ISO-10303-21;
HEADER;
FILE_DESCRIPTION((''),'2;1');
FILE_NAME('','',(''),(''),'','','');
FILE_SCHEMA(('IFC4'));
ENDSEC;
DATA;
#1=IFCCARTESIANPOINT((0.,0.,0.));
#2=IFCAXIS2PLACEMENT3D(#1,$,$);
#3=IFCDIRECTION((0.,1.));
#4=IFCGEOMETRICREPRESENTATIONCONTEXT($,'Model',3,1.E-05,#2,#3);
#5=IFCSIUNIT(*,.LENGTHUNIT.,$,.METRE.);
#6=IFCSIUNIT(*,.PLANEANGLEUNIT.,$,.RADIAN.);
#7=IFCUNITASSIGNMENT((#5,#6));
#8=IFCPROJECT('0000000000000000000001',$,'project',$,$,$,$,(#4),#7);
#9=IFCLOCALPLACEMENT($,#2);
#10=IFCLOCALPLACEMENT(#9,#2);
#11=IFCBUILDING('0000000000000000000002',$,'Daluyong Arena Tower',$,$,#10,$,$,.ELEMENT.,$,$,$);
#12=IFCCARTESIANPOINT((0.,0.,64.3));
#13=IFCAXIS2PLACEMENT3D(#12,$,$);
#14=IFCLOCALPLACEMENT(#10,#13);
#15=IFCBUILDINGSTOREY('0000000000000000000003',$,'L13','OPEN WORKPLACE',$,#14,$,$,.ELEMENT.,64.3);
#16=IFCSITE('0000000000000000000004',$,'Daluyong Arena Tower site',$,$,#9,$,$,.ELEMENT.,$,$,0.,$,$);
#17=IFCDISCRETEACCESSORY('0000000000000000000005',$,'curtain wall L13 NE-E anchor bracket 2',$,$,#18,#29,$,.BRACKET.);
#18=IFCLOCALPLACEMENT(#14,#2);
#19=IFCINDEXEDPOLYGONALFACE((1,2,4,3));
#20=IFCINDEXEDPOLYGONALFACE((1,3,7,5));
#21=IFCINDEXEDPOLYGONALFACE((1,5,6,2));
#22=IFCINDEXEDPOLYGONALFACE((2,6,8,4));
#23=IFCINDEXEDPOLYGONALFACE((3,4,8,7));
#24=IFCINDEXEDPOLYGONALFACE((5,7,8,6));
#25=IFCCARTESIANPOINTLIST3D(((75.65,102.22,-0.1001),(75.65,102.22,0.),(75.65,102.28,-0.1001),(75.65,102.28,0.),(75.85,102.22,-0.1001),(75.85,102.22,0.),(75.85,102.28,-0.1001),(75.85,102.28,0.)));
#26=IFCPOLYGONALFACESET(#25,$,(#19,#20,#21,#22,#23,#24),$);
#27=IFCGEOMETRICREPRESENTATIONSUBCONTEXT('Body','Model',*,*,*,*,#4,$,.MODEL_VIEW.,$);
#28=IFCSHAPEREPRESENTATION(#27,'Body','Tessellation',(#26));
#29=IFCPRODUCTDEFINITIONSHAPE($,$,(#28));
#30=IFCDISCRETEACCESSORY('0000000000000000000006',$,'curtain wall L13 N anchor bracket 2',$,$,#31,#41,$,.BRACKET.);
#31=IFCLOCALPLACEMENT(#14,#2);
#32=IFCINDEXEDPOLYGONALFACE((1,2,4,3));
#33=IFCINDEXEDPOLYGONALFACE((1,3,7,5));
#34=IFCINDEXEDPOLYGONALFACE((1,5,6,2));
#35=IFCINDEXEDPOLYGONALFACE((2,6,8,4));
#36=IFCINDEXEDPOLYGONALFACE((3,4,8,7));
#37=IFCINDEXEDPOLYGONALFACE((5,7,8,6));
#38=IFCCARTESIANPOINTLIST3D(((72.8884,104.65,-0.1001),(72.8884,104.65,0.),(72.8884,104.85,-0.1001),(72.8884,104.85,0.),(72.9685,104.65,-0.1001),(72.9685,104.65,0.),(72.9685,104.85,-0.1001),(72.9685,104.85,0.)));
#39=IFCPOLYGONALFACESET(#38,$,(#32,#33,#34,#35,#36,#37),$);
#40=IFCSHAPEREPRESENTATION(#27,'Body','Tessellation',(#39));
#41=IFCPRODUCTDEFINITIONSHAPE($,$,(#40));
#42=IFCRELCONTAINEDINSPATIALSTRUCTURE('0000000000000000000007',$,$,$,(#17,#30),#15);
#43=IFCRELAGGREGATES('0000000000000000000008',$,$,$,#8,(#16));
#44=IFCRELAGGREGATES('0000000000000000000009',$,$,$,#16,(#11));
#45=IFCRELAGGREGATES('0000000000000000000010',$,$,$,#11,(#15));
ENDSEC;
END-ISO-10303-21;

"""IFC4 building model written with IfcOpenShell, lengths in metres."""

from ifc_helpers import new_model, si_unit, direction, frame, origin, origin_2d, place, context, subcontext, project, spatial, rectangle, extrude, element, save


model = new_model("IFC4")

# Units and contexts
model_context = context("Model", 3, precision=1e-05, world=origin(), true_north=direction((0.0, 1.0)))
body_context = subcontext(model_context, "Body", "Model", "MODEL_VIEW")
ifc_project = project(units=[si_unit("LENGTHUNIT", "METRE"), si_unit("PLANEANGLEUNIT", "RADIAN")], contexts=[model_context])

# Site, building, storey
site_placement = place(None, origin())
site = spatial("IfcSite", under=ifc_project, at=site_placement, Name="Daluyong Arena Tower site", CompositionType="ELEMENT", RefElevation=0.0)
building_placement = place(site_placement, origin())
building = spatial("IfcBuilding", under=site, at=building_placement, Name="Daluyong Arena Tower", CompositionType="ELEMENT")
storey_placement = place(building_placement, frame((0.0, 0.0, 64.3)))
storey = spatial("IfcBuildingStorey", under=building, at=storey_placement, Name="L13", Description="OPEN WORKPLACE", CompositionType="ELEMENT", Elevation=64.3)

# Discrete accessories
for number, where, z_axis, x_axis, name in (
    (1, (75.75, 102.25, -0.1001), (0.0, 0.0, 1.0), (0.0, 1.0, 0.0), "curtain wall L13 NE-E anchor bracket 2"),
):
    element("IfcDiscreteAccessory", number, at=place(storey_placement, frame(where, z_axis=z_axis, x_axis=x_axis)), inside=storey, Name=name, PredefinedType="BRACKET", context=body_context, shape_type="SweptSolid", body=[
        extrude(rectangle(XDim=0.0601, YDim=0.2, at=origin_2d()), origin(), (0.0, 0.0, 1.0), 0.1001),
    ])
discrete_accessory_placement = place(storey_placement, frame((72.9285, 104.75, -0.1001), z_axis=(0.0, 0.0, 1.0), x_axis=(-1.0, 0.0, 0.0)))
element("IfcDiscreteAccessory", 2, at=discrete_accessory_placement, inside=storey, Name="curtain wall L13 N anchor bracket 2", PredefinedType="BRACKET", context=body_context, shape_type="SweptSolid", body=[
    extrude(rectangle(XDim=0.0801, YDim=0.2, at=origin_2d()), origin(), (0.0, 0.0, 1.0), 0.1001),
])

save(model, "model.ifc")
